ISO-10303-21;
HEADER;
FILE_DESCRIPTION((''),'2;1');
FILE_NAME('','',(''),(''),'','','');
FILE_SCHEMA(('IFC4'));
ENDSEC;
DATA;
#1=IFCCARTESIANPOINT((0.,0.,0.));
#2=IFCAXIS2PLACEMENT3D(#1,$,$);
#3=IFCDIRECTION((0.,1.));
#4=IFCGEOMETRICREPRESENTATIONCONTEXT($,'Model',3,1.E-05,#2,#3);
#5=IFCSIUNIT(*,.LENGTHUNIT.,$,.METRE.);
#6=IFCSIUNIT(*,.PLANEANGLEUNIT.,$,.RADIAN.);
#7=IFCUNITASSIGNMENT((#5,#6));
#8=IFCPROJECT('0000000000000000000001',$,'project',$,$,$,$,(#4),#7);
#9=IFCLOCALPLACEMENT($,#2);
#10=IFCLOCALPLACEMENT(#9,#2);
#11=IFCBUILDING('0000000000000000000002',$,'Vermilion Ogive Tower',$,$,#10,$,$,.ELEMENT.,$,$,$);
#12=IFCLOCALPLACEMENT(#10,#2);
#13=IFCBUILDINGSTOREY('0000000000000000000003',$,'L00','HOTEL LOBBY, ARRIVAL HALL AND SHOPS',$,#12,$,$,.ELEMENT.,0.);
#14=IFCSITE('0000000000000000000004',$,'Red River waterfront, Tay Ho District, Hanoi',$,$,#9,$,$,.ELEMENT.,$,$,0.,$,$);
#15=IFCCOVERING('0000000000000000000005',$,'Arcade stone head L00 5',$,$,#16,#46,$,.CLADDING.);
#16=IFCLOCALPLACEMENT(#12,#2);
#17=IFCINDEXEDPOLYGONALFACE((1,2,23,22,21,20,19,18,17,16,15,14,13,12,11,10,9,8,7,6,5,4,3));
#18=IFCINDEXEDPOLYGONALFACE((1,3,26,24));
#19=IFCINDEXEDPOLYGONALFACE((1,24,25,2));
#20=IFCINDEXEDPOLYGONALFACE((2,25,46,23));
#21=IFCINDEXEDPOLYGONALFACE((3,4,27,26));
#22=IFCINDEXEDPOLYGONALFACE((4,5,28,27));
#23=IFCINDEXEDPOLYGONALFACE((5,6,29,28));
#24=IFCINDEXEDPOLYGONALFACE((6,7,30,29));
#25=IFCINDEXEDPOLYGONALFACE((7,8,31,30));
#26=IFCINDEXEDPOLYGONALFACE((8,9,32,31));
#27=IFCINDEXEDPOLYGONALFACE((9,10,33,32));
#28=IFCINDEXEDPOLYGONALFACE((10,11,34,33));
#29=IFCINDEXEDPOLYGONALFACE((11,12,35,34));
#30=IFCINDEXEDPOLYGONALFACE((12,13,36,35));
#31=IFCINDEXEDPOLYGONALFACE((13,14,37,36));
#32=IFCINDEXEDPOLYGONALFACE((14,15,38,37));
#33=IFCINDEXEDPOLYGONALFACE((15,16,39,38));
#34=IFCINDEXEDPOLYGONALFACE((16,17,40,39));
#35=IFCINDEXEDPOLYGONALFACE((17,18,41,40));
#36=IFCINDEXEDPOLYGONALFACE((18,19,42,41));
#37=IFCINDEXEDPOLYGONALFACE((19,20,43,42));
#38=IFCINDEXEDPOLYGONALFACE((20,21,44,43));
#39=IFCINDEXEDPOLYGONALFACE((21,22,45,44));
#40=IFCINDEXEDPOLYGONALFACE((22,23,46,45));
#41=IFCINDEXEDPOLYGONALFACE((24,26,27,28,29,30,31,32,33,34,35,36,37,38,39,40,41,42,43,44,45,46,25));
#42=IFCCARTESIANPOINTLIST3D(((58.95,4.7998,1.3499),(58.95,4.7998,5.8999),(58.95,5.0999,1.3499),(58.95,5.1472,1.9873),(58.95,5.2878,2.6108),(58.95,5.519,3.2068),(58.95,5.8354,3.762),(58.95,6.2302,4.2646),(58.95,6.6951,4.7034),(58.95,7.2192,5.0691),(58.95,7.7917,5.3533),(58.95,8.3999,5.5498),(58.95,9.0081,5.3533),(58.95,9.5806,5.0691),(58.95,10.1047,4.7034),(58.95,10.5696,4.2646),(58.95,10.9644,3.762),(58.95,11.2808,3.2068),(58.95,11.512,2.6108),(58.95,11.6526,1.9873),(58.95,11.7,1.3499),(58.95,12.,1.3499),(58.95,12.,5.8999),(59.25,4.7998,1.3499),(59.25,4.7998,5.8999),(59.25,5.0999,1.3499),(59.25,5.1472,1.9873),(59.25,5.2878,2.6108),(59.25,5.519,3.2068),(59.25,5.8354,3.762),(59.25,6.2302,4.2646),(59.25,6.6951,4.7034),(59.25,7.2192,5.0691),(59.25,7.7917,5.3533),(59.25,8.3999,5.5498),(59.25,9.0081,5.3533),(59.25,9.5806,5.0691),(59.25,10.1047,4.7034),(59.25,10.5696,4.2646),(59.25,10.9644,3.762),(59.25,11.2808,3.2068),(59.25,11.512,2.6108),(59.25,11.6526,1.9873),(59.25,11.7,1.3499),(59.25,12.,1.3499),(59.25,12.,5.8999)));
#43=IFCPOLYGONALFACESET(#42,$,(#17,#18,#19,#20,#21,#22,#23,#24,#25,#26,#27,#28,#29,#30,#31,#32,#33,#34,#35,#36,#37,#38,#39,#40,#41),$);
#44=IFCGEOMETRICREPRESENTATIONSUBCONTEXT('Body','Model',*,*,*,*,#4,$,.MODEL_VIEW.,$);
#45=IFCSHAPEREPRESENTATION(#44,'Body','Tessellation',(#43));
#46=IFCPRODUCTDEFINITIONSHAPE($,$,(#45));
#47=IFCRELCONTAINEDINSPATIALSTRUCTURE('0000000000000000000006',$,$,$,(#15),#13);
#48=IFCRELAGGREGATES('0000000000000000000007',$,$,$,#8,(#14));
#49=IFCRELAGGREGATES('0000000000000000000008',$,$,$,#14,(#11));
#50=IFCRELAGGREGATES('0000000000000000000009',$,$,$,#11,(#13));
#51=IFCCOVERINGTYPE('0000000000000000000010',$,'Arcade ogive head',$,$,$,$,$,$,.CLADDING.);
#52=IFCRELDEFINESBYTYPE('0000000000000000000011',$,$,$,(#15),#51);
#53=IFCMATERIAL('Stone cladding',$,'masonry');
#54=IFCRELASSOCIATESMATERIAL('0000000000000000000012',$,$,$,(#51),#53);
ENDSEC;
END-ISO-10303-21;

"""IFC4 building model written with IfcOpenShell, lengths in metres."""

from ifc_helpers import new_model, si_unit, direction, frame, origin, place, context, subcontext, project, spatial, polyline, outline, extrude, material, type_object, element, save


model = new_model("IFC4")

# Units and contexts
model_context = context("Model", 3, precision=1e-05, world=origin(), true_north=direction((0.0, 1.0)))
body_context = subcontext(model_context, "Body", "Model", "MODEL_VIEW")
ifc_project = project(units=[si_unit("LENGTHUNIT", "METRE"), si_unit("PLANEANGLEUNIT", "RADIAN")], contexts=[model_context])

# Site, building, storey
site_placement = place(None, origin())
site = spatial("IfcSite", under=ifc_project, at=site_placement, Name="Red River waterfront, Tay Ho District, Hanoi", CompositionType="ELEMENT", RefElevation=0.0)
building_placement = place(site_placement, origin())
building = spatial("IfcBuilding", under=site, at=building_placement, Name="Vermilion Ogive Tower", CompositionType="ELEMENT")
storey_placement = place(building_placement, origin())
storey = spatial("IfcBuildingStorey", under=building, at=storey_placement, Name="L00", Description="HOTEL LOBBY, ARRIVAL HALL AND SHOPS", CompositionType="ELEMENT", Elevation=0.0)

# Covering
ifc_material_1 = material(Name="Stone cladding", Category="masonry")
covering_type = type_object("IfcCoveringType", Name="Arcade ogive head", PredefinedType="CLADDING", material=ifc_material_1)
covering_placement = place(storey_placement, frame((58.95, 8.3999, 5.8999), z_axis=(1.0, 0.0, 0.0), x_axis=(0.0, 1.0, 0.0)))
element("IfcCovering", 1, at=covering_placement, inside=storey, type_object=covering_type, Name="Arcade stone head L00 5", PredefinedType="CLADDING", context=body_context, shape_type="SweptSolid", body=[
    extrude(outline(polyline([(-3.3, -4.55), (-3.2527, -3.9126), (-3.1121, -3.2891), (-2.8809, -2.6931), (-2.5645, -2.1379), (-2.1697, -1.6353), (-1.7048, -1.1965), (-1.1807, -0.8308), (-0.6082, -0.5466), (0.0, -0.3501), (0.6082, -0.5466), (1.1807, -0.8308), (1.7048, -1.1965), (2.1697, -1.6353), (2.5645, -2.1379), (2.8809, -2.6931), (3.1121, -3.2891), (3.2527, -3.9126), (3.3, -4.55), (3.6001, -4.55), (3.6001, 0.0), (-3.6001, 0.0), (-3.6001, -4.55), (-3.3, -4.55)])), origin(), (0.0, 0.0, 1.0), 0.3),
])

save(model, "model.ifc")
